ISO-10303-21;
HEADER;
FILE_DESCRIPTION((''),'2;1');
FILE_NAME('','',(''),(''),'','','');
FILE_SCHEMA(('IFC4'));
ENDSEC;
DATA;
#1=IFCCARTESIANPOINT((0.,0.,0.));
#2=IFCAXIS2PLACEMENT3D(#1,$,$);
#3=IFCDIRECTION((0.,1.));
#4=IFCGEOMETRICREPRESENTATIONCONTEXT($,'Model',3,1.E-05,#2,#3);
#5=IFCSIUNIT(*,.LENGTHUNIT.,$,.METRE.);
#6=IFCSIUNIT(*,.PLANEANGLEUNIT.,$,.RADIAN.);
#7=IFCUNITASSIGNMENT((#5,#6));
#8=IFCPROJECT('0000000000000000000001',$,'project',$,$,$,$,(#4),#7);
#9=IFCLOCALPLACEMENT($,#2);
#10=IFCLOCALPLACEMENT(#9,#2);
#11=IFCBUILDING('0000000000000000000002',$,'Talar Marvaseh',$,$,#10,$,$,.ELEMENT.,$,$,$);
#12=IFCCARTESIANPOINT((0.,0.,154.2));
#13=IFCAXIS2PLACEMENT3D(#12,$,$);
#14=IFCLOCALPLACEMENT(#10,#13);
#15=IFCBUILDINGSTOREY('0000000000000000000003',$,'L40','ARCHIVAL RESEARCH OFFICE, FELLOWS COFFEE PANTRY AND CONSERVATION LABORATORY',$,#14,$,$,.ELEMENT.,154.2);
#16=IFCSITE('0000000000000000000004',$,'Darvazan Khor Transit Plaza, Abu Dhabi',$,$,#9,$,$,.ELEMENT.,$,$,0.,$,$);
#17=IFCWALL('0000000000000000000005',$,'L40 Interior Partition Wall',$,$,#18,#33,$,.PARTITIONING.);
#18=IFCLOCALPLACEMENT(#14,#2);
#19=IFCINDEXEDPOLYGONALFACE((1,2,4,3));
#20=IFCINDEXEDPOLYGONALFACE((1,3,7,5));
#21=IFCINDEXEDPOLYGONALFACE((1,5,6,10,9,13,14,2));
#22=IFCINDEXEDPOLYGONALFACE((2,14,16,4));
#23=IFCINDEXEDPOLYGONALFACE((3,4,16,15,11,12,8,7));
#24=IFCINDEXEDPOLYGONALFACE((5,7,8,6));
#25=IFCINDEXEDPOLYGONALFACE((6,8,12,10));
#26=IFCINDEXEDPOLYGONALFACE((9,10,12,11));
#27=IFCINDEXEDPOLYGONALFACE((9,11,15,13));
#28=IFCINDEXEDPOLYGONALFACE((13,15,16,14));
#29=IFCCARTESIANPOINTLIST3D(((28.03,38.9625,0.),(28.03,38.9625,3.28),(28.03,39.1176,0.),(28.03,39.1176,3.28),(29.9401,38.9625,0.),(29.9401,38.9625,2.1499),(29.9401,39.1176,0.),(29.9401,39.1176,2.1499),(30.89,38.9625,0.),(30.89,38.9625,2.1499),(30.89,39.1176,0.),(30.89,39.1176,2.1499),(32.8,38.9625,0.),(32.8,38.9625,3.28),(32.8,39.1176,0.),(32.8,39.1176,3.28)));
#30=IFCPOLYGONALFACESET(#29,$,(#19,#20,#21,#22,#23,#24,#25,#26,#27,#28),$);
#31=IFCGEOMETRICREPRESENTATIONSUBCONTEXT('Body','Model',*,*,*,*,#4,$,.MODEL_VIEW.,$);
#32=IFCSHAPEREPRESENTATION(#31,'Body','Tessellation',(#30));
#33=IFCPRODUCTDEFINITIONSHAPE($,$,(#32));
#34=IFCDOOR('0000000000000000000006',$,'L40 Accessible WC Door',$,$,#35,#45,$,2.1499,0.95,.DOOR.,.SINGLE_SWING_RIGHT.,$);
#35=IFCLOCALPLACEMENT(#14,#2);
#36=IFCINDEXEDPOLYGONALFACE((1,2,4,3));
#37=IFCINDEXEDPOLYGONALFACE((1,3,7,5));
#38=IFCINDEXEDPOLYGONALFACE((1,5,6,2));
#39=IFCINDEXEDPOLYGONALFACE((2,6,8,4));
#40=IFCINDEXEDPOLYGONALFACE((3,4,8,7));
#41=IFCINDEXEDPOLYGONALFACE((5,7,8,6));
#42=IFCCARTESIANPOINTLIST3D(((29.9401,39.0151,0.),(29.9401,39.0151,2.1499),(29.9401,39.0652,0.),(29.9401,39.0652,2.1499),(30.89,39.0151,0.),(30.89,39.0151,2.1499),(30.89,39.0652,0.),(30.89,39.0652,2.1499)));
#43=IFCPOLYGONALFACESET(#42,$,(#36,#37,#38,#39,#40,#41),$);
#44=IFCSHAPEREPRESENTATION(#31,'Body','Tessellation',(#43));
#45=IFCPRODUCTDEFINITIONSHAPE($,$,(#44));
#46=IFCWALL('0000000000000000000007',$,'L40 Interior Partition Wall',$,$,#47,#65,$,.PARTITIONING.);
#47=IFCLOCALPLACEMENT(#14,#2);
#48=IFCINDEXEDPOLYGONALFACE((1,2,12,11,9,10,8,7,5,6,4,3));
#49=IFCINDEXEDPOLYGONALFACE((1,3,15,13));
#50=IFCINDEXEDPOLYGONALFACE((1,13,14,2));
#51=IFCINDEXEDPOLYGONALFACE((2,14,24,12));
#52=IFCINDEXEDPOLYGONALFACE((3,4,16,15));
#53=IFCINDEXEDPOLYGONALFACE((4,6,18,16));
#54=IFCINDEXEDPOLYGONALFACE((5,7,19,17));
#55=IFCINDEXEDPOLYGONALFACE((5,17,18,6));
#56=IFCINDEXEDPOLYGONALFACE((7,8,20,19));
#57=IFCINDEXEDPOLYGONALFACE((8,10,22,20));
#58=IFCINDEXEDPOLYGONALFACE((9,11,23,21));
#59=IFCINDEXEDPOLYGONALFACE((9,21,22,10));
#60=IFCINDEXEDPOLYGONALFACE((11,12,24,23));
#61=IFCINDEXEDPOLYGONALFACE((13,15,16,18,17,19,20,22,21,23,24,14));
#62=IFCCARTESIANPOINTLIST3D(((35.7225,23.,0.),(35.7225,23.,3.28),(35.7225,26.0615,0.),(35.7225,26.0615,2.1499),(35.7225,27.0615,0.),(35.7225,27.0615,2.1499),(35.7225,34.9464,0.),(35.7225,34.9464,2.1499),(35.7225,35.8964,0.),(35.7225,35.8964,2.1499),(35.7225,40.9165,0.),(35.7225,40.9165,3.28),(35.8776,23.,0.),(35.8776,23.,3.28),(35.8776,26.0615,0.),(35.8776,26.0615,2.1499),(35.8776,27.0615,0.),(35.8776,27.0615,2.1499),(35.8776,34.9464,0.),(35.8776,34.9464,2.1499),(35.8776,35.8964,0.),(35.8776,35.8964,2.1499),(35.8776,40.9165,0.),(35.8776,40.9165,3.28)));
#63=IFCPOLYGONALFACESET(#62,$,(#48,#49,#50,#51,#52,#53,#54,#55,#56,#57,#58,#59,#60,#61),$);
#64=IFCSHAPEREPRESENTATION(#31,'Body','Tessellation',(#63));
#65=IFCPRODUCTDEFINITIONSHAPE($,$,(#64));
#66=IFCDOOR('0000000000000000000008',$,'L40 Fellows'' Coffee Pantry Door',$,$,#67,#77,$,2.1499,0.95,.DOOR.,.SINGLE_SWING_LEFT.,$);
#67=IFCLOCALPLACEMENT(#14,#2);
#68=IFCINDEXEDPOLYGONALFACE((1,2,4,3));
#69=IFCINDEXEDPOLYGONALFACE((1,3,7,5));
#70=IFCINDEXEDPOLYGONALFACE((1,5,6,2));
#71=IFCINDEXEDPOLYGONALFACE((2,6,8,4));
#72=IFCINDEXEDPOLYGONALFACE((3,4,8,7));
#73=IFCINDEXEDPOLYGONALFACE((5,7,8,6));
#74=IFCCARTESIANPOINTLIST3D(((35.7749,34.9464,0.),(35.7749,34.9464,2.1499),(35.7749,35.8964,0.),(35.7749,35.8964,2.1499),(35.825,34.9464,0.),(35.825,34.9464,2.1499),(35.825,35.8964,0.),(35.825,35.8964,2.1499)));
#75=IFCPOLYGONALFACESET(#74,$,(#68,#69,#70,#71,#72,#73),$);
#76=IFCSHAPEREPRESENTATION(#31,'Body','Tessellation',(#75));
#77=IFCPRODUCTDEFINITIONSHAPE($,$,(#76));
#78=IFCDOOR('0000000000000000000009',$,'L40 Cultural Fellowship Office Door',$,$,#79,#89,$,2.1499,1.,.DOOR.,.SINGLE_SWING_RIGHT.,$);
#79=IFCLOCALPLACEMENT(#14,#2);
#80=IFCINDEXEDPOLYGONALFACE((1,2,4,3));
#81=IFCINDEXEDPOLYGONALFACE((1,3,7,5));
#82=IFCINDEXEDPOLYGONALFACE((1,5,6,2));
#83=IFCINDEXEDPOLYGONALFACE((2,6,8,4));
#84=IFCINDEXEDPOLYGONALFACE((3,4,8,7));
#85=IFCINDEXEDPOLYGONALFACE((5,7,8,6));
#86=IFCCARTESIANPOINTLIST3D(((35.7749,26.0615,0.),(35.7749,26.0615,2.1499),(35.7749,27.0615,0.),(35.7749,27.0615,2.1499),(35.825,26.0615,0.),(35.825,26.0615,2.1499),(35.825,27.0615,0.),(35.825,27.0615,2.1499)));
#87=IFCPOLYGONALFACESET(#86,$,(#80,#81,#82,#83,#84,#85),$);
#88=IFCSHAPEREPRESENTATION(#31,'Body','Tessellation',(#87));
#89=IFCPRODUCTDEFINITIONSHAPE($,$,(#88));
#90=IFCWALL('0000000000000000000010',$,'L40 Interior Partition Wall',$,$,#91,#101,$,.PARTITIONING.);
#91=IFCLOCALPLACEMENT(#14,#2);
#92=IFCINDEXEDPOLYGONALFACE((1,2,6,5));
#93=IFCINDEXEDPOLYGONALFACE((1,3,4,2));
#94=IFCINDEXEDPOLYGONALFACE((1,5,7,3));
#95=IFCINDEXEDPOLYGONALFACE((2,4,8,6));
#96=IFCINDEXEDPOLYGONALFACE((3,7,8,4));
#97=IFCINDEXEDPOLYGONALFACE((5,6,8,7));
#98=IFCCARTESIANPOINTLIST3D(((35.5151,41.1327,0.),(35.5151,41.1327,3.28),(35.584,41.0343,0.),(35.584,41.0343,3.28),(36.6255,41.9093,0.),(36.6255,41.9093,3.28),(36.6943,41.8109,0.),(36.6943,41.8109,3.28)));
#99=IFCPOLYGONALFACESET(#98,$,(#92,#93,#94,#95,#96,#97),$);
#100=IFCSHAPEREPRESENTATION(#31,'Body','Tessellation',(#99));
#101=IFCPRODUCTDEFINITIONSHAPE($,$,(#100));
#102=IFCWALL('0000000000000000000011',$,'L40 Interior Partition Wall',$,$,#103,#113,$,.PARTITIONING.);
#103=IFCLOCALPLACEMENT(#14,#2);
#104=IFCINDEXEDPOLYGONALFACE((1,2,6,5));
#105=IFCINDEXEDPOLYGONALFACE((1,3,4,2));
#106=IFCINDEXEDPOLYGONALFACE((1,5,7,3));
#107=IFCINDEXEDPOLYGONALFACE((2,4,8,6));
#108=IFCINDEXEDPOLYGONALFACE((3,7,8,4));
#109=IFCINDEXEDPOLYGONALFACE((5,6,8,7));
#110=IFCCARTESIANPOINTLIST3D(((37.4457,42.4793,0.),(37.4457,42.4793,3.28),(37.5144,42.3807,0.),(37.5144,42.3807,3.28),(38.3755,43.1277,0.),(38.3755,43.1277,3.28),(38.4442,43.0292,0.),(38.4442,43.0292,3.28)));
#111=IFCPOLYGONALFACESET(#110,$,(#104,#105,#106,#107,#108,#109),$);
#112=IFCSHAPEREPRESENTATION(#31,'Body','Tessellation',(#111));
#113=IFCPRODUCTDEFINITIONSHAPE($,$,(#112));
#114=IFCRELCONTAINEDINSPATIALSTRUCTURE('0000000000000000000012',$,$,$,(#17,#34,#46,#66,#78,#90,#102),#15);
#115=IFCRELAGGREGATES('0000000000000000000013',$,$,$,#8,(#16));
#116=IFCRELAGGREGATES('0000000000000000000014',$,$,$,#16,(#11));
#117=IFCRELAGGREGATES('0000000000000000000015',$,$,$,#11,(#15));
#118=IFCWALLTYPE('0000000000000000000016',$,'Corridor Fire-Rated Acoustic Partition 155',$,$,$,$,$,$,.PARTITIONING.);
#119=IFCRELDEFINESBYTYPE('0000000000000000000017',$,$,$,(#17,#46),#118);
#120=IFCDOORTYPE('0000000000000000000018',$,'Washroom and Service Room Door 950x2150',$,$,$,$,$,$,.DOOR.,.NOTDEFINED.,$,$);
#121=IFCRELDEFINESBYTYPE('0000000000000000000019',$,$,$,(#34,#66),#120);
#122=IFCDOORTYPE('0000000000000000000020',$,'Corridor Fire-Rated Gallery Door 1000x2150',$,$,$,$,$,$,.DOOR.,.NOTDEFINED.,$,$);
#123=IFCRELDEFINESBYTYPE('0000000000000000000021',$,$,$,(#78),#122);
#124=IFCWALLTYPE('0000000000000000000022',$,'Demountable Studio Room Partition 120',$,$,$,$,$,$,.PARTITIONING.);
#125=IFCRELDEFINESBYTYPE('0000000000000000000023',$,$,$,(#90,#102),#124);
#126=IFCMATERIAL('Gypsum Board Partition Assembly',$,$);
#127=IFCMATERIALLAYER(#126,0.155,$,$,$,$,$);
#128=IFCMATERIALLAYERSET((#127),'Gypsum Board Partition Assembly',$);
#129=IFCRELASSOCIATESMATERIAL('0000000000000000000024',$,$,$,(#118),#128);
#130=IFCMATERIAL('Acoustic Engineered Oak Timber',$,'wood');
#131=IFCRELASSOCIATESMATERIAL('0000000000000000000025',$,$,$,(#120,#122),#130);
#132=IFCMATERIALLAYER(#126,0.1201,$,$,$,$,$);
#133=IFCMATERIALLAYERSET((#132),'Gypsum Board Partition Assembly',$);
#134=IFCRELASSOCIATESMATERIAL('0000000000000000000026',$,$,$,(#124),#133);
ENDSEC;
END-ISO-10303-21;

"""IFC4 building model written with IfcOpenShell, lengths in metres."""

from ifc_helpers import new_model, si_unit, direction, frame, frame_2d, origin, place, context, subcontext, project, spatial, rectangle, extrude, source, transform, mapped, material, layer, layer_set, type_object, type_shapes, element, fill, save


model = new_model("IFC4")

# Units and contexts
model_context = context("Model", 3, precision=1e-05, world=origin(), true_north=direction((0.0, 1.0)))
body_context = subcontext(model_context, "Body", "Model", "MODEL_VIEW")
ifc_project = project(units=[si_unit("LENGTHUNIT", "METRE"), si_unit("PLANEANGLEUNIT", "RADIAN")], contexts=[model_context])

# Site, building, storey
site_placement = place(None, origin())
site = spatial("IfcSite", under=ifc_project, at=site_placement, Name="Darvazan Khor Transit Plaza, Abu Dhabi", CompositionType="ELEMENT", RefElevation=0.0)
building_placement = place(site_placement, origin())
building = spatial("IfcBuilding", under=site, at=building_placement, Name="Talar Marvaseh", CompositionType="ELEMENT")
storey_placement = place(building_placement, frame((0.0, 0.0, 154.2)))
storey = spatial("IfcBuildingStorey", under=building, at=storey_placement, Name="L40", Description="ARCHIVAL RESEARCH OFFICE, FELLOWS COFFEE PANTRY AND CONSERVATION LABORATORY", CompositionType="ELEMENT", Elevation=154.2)

# Wall, opening, door
ifc_material_1 = material(Name="Gypsum Board Partition Assembly")
ifc_layer_1 = layer(ifc_material_1, 0.155)
ifc_layer_set_1 = layer_set([ifc_layer_1], Name="Gypsum Board Partition Assembly")
wall_type_1 = type_object("IfcWallType", Name="Corridor Fire-Rated Acoustic Partition 155", PredefinedType="PARTITIONING", material=ifc_layer_set_1)
wall_1_placement = place(storey_placement, frame((32.8, 39.04, 0.0), z_axis=(0.0, 0.0, 1.0), x_axis=(-1.0, 0.0, 0.0)))
wall_1 = element("IfcWall", 1, at=wall_1_placement, inside=storey, type_object=wall_type_1, Name="L40 Interior Partition Wall", PredefinedType="PARTITIONING", context=body_context, shape_type="SweptSolid", body=[
    extrude(rectangle(XDim=4.77, YDim=0.155, at=frame_2d((2.385, 0.0))), origin(), (0.0, 0.0, 1.0), 3.28),
])
opening_1_placement = place(wall_1_placement, frame((1.9099, 0.0, 0.0)))
opening_1 = element("IfcOpeningElement", 2, at=opening_1_placement, cuts=wall_1, PredefinedType="OPENING", context=body_context, shape_type="SweptSolid", body=[
    extrude(rectangle(XDim=0.95, YDim=2.1499, at=frame_2d((0.4751, 1.075))), frame((0.0, 0.0874, 0.0), z_axis=(0.0, -1.0, 0.0), x_axis=(1.0, 0.0, 0.0)), (0.0, 0.0, 1.0), 0.175),
])
ifc_material_2 = material(Name="Acoustic Engineered Oak Timber", Category="wood")
door_type_1 = type_object("IfcDoorType", Name="Washroom and Service Room Door 950x2150", OperationType="NOTDEFINED", PredefinedType="DOOR", material=ifc_material_2)
shared_shape_1 = source(origin(), body_context, "Body", "SweptSolid", [
    extrude(rectangle(XDim=0.95, YDim=2.1499, at=frame_2d((0.4751, 1.075))), frame((0.0, 0.0249, 0.0), z_axis=(0.0, -1.0, 0.0), x_axis=(1.0, 0.0, 0.0)), (0.0, 0.0, 1.0), 0.05),
])
type_shapes(door_type_1, [shared_shape_1])
door_1_placement = place(opening_1_placement, origin())
door_1 = element("IfcDoor", 3, at=door_1_placement, inside=storey, type_object=door_type_1, Name="L40 Accessible WC Door", OperationType="SINGLE_SWING_RIGHT", OverallHeight=2.1499, OverallWidth=0.95, PredefinedType="DOOR", context=body_context, shape_type="MappedRepresentation", body=[
    mapped(shared_shape_1, transform((0.0, 0.0, 0.0), x_axis=(1.0, 0.0, 0.0), y_axis=(0.0, 1.0, 0.0), z_axis=(0.0, 0.0, 1.0), scale=1.0)),
])
fill(opening_1, door_1)

# Wall, openings, doors
wall_2_placement = place(storey_placement, frame((35.8, 40.9165, 0.0), z_axis=(0.0, 0.0, 1.0), x_axis=(0.0, -1.0, 0.0)))
wall_2 = element("IfcWall", 4, at=wall_2_placement, inside=storey, type_object=wall_type_1, Name="L40 Interior Partition Wall", PredefinedType="PARTITIONING", context=body_context, shape_type="SweptSolid", body=[
    extrude(rectangle(XDim=17.9165, YDim=0.155, at=frame_2d((8.9583, 0.0))), origin(), (0.0, 0.0, 1.0), 3.28),
])
opening_2_placement = place(wall_2_placement, frame((13.855, 0.0, 0.0)))
opening_2 = element("IfcOpeningElement", 5, at=opening_2_placement, cuts=wall_2, PredefinedType="OPENING", context=body_context, shape_type="SweptSolid", body=[
    extrude(rectangle(XDim=1.0, YDim=2.1499, at=frame_2d((0.5, 1.075))), frame((0.0, 0.0874, 0.0), z_axis=(0.0, -1.0, 0.0), x_axis=(1.0, 0.0, 0.0)), (0.0, 0.0, 1.0), 0.175),
])
opening_3_placement = place(wall_2_placement, frame((5.02, 0.0, 0.0)))
opening_3 = element("IfcOpeningElement", 6, at=opening_3_placement, cuts=wall_2, PredefinedType="OPENING", context=body_context, shape_type="SweptSolid", body=[
    extrude(rectangle(XDim=0.95, YDim=2.1499, at=frame_2d((0.4751, 1.075))), frame((0.0, 0.0874, 0.0), z_axis=(0.0, -1.0, 0.0), x_axis=(1.0, 0.0, 0.0)), (0.0, 0.0, 1.0), 0.175),
])
door_2_placement = place(opening_3_placement, origin())
door_2 = element("IfcDoor", 7, at=door_2_placement, inside=storey, type_object=door_type_1, Name="L40 Fellows' Coffee Pantry Door", OperationType="SINGLE_SWING_LEFT", OverallHeight=2.1499, OverallWidth=0.95, PredefinedType="DOOR", context=body_context, shape_type="MappedRepresentation", body=[
    mapped(shared_shape_1, transform((0.0, 0.0, 0.0), x_axis=(1.0, 0.0, 0.0), y_axis=(0.0, 1.0, 0.0), z_axis=(0.0, 0.0, 1.0), scale=1.0)),
])
fill(opening_3, door_2)
door_type_2 = type_object("IfcDoorType", Name="Corridor Fire-Rated Gallery Door 1000x2150", OperationType="NOTDEFINED", PredefinedType="DOOR", material=ifc_material_2)
shared_shape_2 = source(origin(), body_context, "Body", "SweptSolid", [
    extrude(rectangle(XDim=1.0, YDim=2.1499, at=frame_2d((0.5, 1.075))), frame((0.0, 0.0249, 0.0), z_axis=(0.0, -1.0, 0.0), x_axis=(1.0, 0.0, 0.0)), (0.0, 0.0, 1.0), 0.05),
])
type_shapes(door_type_2, [shared_shape_2])
door_3_placement = place(opening_2_placement, origin())
door_3 = element("IfcDoor", 8, at=door_3_placement, inside=storey, type_object=door_type_2, Name="L40 Cultural Fellowship Office Door", OperationType="SINGLE_SWING_RIGHT", OverallHeight=2.1499, OverallWidth=1.0, PredefinedType="DOOR", context=body_context, shape_type="MappedRepresentation", body=[
    mapped(shared_shape_2, transform((0.0, 0.0, 0.0), x_axis=(1.0, 0.0, 0.0), y_axis=(0.0, 1.0, 0.0), z_axis=(0.0, 0.0, 1.0), scale=1.0)),
])
fill(opening_2, door_3)

# Walls
ifc_layer_2 = layer(ifc_material_1, 0.1201)
ifc_layer_set_2 = layer_set([ifc_layer_2], Name="Gypsum Board Partition Assembly")
wall_type_2 = type_object("IfcWallType", Name="Demountable Studio Room Partition 120", PredefinedType="PARTITIONING", material=ifc_layer_set_2)
wall_3_placement = place(storey_placement, frame((35.5496, 41.0835, 0.0), z_axis=(0.0, 0.0, 1.0), x_axis=(0.819452, 0.573148, 0.0)))
element("IfcWall", 9, at=wall_3_placement, inside=storey, type_object=wall_type_2, Name="L40 Interior Partition Wall", PredefinedType="PARTITIONING", context=body_context, shape_type="SweptSolid", body=[
    extrude(rectangle(XDim=1.355, YDim=0.1201, at=frame_2d((0.6775, 0.0))), origin(), (0.0, 0.0, 1.0), 3.28),
])
wall_4_placement = place(storey_placement, frame((37.48, 42.4299, 0.0), z_axis=(0.0, 0.0, 1.0), x_axis=(0.820202, 0.572074, 0.0)))
element("IfcWall", 10, at=wall_4_placement, inside=storey, type_object=wall_type_2, Name="L40 Interior Partition Wall", PredefinedType="PARTITIONING", context=body_context, shape_type="SweptSolid", body=[
    extrude(rectangle(XDim=1.1335, YDim=0.1201, at=frame_2d((0.5669, 0.0))), origin(), (0.0, 0.0, 1.0), 3.28),
])

save(model, "model.ifc")
